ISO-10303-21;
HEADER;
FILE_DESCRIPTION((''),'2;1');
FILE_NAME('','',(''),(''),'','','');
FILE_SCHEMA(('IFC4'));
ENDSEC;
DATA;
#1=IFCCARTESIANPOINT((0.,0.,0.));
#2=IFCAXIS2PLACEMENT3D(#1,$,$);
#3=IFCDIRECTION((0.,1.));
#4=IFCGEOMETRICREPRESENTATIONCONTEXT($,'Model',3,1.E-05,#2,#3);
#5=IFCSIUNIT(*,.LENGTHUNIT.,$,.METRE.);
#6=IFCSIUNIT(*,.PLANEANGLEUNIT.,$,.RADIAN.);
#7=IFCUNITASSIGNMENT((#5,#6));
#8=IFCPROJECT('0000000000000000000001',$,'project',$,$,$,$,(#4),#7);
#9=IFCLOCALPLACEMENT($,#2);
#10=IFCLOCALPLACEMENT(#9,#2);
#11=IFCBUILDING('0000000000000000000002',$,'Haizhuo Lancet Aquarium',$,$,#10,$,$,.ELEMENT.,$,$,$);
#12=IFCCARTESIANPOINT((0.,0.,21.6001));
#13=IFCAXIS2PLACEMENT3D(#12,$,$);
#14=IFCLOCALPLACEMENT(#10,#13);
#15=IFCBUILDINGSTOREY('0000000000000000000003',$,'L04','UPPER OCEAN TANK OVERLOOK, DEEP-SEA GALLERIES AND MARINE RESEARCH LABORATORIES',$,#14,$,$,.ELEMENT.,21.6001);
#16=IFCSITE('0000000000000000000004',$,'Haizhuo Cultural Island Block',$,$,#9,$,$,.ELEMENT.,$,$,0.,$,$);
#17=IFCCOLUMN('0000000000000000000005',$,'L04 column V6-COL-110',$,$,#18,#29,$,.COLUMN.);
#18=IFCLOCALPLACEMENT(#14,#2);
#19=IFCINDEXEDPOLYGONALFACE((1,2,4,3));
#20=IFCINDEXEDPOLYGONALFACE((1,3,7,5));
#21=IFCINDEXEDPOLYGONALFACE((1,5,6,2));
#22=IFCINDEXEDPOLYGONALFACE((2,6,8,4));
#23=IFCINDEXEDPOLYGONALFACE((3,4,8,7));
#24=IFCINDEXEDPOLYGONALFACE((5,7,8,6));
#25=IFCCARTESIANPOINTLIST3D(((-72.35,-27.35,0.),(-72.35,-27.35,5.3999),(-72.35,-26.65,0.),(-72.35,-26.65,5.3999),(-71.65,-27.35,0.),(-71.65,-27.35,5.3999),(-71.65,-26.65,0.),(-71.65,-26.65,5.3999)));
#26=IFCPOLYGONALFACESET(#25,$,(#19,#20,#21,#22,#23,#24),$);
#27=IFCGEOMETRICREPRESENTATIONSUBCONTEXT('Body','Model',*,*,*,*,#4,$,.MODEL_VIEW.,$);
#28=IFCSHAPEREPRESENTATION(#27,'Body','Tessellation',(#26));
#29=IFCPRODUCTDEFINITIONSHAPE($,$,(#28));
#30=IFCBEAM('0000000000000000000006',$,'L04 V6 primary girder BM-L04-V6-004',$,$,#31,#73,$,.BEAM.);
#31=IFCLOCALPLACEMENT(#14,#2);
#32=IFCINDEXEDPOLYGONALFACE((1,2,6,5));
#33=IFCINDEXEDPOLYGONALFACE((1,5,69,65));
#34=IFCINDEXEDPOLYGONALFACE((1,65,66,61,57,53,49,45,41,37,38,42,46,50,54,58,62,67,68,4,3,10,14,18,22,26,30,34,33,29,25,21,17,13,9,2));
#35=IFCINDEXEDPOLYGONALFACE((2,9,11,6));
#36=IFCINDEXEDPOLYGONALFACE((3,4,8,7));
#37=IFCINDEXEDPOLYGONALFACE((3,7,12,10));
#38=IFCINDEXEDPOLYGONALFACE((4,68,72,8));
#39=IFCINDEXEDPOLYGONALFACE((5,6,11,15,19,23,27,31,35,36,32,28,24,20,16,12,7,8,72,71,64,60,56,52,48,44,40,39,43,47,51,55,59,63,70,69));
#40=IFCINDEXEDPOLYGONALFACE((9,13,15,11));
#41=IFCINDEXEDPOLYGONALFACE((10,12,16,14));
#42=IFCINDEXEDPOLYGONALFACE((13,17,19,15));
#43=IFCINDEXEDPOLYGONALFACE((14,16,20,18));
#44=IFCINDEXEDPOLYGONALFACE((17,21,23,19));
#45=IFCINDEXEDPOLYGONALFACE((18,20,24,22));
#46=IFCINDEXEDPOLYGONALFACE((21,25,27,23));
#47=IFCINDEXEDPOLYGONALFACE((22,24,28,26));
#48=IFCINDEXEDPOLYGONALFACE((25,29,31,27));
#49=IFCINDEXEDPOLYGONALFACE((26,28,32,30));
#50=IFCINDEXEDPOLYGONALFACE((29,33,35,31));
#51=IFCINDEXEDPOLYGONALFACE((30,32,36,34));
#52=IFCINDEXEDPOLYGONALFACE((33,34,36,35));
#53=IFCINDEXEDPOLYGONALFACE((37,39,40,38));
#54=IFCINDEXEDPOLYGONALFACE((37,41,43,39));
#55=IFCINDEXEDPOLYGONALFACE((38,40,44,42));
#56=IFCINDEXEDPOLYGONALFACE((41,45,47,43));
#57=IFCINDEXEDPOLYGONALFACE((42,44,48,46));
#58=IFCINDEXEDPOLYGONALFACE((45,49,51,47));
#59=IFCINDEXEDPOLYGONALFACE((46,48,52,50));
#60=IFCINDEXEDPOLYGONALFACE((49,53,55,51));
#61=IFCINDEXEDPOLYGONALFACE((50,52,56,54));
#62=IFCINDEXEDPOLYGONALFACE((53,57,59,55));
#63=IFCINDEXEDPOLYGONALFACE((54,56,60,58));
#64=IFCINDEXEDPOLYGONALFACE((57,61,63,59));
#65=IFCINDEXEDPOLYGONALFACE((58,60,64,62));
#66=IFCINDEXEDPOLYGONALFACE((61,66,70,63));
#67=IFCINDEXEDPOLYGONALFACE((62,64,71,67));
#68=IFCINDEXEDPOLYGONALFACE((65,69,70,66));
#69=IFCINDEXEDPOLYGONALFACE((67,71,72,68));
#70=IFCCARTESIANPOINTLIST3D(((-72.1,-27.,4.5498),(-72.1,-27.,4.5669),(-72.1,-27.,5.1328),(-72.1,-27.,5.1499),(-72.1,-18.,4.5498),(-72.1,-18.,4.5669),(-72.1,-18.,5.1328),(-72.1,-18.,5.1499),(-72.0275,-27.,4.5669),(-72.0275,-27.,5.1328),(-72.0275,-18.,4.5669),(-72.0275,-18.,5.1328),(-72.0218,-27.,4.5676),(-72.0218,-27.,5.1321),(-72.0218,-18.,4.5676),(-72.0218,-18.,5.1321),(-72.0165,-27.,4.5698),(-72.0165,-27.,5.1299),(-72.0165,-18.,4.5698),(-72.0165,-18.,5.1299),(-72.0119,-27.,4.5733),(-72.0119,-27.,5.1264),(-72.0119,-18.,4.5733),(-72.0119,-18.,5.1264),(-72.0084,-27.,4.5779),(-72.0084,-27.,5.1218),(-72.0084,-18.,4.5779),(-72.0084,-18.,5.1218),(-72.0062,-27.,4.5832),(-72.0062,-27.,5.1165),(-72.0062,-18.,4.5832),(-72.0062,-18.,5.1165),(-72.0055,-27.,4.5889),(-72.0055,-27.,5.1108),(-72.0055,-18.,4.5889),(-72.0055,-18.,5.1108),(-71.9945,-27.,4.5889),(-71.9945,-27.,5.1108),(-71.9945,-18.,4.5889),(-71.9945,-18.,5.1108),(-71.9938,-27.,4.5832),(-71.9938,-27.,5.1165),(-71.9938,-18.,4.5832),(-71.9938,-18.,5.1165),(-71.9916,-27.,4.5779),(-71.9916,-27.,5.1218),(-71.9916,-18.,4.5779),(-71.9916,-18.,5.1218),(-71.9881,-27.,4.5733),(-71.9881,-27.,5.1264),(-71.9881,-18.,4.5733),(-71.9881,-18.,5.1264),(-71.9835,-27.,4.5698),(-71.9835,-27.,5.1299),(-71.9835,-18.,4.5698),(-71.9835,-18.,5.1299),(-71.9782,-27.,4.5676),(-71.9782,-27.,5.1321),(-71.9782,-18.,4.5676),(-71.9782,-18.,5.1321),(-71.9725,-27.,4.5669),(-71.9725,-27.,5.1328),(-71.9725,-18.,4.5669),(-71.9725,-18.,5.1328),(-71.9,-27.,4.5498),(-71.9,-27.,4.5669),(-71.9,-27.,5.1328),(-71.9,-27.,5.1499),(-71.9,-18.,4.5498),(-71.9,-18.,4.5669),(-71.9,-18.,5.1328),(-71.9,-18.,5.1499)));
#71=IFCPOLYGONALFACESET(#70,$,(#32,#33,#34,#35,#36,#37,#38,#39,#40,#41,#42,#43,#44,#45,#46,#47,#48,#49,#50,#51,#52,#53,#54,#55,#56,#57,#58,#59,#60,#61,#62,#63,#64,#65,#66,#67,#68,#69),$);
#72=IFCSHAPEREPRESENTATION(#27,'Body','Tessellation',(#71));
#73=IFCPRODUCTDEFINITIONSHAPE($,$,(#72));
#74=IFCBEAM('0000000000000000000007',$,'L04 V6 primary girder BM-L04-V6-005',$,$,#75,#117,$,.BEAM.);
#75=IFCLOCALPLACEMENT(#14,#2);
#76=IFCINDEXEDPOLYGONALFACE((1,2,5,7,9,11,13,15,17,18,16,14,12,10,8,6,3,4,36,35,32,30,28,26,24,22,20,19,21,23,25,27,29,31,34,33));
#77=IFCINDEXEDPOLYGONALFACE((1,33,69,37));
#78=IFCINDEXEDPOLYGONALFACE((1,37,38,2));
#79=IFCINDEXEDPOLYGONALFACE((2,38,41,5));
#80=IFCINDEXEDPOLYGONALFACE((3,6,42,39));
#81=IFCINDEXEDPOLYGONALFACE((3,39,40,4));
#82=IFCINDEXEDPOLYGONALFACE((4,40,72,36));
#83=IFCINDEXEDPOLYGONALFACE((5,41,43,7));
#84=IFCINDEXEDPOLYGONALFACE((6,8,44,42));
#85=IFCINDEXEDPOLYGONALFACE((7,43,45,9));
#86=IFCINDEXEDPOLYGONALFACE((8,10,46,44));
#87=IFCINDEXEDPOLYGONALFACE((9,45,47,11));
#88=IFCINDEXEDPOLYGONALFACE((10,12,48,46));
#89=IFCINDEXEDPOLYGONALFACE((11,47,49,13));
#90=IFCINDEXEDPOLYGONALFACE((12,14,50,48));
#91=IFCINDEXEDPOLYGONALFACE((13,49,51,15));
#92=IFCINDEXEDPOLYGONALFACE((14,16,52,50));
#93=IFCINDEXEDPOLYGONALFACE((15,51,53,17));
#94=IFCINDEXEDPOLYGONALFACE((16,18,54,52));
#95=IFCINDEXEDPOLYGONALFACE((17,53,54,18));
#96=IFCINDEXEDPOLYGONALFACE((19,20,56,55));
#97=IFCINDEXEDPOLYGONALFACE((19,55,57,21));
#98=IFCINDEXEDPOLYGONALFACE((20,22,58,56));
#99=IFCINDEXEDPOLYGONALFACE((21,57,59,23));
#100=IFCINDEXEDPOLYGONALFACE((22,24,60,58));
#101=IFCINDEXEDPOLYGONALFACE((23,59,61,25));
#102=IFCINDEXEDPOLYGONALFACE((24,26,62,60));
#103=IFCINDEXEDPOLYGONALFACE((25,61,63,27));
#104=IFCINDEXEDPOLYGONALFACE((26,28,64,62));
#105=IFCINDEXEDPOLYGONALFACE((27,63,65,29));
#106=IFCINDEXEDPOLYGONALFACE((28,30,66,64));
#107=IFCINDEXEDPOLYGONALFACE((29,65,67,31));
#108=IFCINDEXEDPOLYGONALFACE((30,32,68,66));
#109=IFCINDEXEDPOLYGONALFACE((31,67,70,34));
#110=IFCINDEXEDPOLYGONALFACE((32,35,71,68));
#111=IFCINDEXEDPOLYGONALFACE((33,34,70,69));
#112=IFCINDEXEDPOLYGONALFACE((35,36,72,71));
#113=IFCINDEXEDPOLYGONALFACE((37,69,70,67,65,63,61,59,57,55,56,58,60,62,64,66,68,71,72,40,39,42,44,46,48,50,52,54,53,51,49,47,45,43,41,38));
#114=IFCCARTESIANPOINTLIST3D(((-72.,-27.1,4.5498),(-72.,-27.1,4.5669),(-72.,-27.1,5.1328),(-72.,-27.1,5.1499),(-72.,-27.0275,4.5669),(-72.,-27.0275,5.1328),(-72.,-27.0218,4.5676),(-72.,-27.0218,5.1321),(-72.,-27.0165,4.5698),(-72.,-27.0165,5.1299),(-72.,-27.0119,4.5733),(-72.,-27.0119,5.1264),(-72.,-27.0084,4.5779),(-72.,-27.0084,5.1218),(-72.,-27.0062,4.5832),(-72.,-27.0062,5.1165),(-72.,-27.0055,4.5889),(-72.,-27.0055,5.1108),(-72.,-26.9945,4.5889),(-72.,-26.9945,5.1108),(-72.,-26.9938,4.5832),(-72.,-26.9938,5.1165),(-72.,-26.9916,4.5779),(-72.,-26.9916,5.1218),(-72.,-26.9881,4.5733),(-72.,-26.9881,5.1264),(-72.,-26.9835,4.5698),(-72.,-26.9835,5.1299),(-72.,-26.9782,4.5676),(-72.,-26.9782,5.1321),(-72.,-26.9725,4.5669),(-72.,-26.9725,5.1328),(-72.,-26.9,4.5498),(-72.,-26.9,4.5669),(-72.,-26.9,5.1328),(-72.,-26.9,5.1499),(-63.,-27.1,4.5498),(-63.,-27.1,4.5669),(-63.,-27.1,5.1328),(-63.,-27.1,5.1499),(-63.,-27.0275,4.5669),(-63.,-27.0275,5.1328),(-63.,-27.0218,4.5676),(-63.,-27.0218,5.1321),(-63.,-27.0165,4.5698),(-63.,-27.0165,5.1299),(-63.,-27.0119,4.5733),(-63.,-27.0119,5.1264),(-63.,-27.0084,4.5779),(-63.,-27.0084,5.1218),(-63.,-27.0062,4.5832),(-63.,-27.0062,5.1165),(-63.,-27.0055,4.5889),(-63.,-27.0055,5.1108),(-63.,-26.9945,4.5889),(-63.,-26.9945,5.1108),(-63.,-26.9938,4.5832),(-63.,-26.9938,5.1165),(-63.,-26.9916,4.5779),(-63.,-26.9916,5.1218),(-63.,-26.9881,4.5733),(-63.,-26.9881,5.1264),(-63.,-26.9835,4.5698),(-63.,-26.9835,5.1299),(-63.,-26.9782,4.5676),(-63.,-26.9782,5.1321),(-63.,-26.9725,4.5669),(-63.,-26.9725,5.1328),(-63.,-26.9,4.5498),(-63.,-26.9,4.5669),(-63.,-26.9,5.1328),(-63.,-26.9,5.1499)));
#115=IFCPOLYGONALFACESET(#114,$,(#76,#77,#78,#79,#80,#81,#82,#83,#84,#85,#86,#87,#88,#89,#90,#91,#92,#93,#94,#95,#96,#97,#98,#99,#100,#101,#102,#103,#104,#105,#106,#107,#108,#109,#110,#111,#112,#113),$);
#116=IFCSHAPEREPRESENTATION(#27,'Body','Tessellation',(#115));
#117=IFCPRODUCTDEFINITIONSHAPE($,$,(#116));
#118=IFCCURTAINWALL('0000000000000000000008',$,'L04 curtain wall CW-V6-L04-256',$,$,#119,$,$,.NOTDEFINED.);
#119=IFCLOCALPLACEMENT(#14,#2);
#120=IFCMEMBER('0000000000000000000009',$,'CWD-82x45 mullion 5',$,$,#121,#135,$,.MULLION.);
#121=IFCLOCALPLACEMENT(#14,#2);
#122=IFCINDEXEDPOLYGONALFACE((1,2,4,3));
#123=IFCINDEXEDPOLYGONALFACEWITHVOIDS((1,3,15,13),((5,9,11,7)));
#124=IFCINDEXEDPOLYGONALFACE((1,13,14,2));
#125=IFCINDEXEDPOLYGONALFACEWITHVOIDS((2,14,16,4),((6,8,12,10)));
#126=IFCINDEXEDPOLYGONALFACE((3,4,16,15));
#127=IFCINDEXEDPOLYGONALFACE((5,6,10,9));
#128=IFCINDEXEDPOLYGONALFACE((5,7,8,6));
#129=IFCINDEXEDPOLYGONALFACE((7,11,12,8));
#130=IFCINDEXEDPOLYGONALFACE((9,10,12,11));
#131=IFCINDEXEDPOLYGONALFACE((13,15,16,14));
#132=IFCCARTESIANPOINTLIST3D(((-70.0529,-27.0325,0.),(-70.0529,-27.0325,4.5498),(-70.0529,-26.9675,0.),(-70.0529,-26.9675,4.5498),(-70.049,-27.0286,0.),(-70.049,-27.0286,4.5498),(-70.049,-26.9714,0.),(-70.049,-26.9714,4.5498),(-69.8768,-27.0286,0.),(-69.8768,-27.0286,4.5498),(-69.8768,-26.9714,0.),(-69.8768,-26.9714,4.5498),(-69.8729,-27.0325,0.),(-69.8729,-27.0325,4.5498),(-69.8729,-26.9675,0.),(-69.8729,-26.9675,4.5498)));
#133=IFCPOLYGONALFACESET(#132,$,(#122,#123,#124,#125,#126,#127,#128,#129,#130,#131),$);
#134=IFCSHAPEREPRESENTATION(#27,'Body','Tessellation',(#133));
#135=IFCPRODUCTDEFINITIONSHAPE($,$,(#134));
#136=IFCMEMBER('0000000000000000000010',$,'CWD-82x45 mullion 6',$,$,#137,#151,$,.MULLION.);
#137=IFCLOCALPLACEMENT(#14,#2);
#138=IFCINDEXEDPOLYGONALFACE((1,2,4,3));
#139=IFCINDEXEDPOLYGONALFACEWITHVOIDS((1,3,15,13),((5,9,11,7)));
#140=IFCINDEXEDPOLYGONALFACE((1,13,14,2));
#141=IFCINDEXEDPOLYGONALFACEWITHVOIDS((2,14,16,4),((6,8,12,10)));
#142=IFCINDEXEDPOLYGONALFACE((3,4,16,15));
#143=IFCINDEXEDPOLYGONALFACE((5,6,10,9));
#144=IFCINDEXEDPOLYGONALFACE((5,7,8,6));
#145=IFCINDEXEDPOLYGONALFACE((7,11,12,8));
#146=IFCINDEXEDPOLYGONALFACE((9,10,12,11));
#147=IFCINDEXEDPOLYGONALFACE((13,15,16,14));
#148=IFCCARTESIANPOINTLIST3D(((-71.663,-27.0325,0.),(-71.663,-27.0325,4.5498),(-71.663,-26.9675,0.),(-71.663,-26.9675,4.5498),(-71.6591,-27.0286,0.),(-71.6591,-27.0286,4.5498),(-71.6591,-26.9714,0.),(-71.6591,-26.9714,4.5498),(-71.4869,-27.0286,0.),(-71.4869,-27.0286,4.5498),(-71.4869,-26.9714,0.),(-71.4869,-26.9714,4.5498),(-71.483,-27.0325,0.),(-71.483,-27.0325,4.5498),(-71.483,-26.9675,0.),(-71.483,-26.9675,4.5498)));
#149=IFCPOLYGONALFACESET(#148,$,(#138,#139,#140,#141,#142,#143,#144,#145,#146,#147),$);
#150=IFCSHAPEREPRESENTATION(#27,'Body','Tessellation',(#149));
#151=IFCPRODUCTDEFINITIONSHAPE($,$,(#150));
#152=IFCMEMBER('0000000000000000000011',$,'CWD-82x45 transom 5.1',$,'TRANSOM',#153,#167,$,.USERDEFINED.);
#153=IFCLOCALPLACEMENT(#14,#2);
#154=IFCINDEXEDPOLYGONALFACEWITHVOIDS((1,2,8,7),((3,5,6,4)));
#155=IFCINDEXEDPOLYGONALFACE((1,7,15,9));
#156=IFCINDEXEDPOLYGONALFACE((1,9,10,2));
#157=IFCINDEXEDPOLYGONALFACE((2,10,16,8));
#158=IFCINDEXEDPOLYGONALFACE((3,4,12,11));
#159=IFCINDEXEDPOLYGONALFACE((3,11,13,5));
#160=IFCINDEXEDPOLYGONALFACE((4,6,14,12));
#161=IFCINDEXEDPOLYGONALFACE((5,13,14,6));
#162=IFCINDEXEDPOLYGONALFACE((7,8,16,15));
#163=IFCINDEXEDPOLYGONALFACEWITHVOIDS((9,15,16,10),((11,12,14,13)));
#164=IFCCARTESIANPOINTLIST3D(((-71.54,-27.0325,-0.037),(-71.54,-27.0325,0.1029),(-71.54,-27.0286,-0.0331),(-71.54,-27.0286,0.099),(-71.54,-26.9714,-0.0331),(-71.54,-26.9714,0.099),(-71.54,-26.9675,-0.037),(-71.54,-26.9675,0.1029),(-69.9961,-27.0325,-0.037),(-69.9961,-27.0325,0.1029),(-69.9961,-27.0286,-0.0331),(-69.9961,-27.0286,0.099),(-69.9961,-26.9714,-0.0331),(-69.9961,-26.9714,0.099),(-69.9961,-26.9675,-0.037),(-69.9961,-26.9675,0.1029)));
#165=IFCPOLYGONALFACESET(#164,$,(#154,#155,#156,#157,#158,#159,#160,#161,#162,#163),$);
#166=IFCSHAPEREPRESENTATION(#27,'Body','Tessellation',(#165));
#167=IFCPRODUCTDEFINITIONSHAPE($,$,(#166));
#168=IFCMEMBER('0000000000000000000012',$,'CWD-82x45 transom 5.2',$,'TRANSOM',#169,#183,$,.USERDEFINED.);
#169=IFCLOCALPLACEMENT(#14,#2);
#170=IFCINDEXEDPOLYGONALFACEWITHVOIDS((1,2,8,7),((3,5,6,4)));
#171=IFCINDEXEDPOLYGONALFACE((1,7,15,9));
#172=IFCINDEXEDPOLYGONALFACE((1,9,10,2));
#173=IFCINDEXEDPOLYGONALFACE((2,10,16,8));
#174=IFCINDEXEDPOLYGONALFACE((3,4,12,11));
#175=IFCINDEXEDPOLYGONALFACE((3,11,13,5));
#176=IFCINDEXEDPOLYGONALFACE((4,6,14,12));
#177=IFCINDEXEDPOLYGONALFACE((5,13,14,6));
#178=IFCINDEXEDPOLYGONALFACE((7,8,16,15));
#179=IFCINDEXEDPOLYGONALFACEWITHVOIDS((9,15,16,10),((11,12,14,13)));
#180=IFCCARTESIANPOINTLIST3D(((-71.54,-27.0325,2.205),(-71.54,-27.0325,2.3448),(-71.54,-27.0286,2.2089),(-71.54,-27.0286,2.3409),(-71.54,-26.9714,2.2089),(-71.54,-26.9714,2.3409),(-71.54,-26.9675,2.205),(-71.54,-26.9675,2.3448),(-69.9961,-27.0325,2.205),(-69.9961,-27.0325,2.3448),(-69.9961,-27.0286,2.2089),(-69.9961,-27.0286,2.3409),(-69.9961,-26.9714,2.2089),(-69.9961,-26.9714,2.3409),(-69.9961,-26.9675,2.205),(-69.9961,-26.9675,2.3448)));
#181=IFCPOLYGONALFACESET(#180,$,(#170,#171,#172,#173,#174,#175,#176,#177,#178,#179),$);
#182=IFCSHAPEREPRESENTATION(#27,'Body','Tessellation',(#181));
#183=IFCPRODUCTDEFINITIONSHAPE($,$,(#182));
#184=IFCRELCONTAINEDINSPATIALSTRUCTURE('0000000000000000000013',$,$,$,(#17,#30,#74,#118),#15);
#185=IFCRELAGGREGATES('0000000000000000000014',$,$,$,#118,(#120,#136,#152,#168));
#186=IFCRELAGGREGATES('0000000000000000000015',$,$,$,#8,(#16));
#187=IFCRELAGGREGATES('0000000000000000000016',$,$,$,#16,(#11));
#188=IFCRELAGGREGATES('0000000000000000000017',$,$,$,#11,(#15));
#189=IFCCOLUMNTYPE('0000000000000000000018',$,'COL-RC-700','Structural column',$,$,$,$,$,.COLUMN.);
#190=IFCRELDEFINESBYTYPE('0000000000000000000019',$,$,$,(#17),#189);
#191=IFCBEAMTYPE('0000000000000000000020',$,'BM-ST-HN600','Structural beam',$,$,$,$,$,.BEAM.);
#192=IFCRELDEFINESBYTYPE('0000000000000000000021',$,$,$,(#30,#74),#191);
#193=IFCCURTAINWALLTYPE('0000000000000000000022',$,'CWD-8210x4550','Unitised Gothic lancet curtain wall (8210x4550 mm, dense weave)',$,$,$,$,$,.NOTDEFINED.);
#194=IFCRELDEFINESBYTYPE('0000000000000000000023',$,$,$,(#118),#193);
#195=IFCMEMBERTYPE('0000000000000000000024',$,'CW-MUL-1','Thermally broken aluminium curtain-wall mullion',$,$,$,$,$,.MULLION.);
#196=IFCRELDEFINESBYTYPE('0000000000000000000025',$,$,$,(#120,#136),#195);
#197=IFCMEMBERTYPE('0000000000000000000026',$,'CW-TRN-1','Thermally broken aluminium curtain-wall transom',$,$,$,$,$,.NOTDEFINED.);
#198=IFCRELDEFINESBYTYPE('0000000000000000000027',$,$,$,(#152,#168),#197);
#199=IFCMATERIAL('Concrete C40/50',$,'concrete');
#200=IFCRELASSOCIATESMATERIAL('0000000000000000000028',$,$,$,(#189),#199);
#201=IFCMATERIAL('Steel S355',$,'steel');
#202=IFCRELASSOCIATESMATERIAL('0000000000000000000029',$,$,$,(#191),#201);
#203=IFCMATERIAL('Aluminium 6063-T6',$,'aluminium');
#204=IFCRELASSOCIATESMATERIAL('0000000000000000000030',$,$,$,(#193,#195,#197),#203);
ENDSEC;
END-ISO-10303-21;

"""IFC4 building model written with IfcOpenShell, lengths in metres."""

from ifc_helpers import new_model, si_unit, direction, frame, origin, origin_2d, place, context, subcontext, project, spatial, rectangle, hollow_rectangle, i_section, extrude, material, material_profile, profile_set, type_object, element, aggregate, save


model = new_model("IFC4")

# Units and contexts
model_context = context("Model", 3, precision=1e-05, world=origin(), true_north=direction((0.0, 1.0)))
body_context = subcontext(model_context, "Body", "Model", "MODEL_VIEW")
ifc_project = project(units=[si_unit("LENGTHUNIT", "METRE"), si_unit("PLANEANGLEUNIT", "RADIAN")], contexts=[model_context])

# Site, building, storey
site_placement = place(None, origin())
site = spatial("IfcSite", under=ifc_project, at=site_placement, Name="Haizhuo Cultural Island Block", CompositionType="ELEMENT", RefElevation=0.0)
building_placement = place(site_placement, origin())
building = spatial("IfcBuilding", under=site, at=building_placement, Name="Haizhuo Lancet Aquarium", CompositionType="ELEMENT")
storey_placement = place(building_placement, frame((0.0, 0.0, 21.6001)))
storey = spatial("IfcBuildingStorey", under=building, at=storey_placement, Name="L04", Description="UPPER OCEAN TANK OVERLOOK, DEEP-SEA GALLERIES AND MARINE RESEARCH LABORATORIES", CompositionType="ELEMENT", Elevation=21.6001)

# Column
ifc_material_1 = material(Name="Concrete C40/50", Category="concrete")
ifc_material_profile_1 = material_profile(ifc_material_1, rectangle(XDim=0.7, YDim=0.7, at=origin_2d()), Name="RC-COL 700x700")
ifc_profile_set_1 = profile_set([ifc_material_profile_1], Name="Concrete C40/50")
column_type = type_object("IfcColumnType", Name="COL-RC-700", Description="Structural column", PredefinedType="COLUMN", material=ifc_profile_set_1)
column_placement = place(storey_placement, frame((-72.0, -27.0, 0.0), z_axis=(0.0, 0.0, 1.0), x_axis=(1.0, 0.0, 0.0)))
element("IfcColumn", 1, at=column_placement, inside=storey, type_object=column_type, Name="L04 column V6-COL-110", PredefinedType="COLUMN", context=body_context, shape_type="SweptSolid", body=[
    extrude(rectangle(XDim=0.7, YDim=0.7, at=origin_2d()), origin(), (0.0, 0.0, 1.0), 5.3999),
])

# Beams
ifc_material_2 = material(Name="Steel S355", Category="steel")
ifc_material_profile_2 = material_profile(ifc_material_2, i_section(OverallWidth=0.2, OverallDepth=0.6001, WebThickness=0.011, FlangeThickness=0.0171, FilletRadius=0.022, at=origin_2d()), Name="HN 600x200x11x17")
ifc_profile_set_2 = profile_set([ifc_material_profile_2], Name="Steel S355")
beam_type = type_object("IfcBeamType", Name="BM-ST-HN600", Description="Structural beam", PredefinedType="BEAM", material=ifc_profile_set_2)
for number, where, z_axis, x_axis, name in (
    (2, (-72.0, -27.0, 4.8499), (0.0, 1.0, 0.0), (-1.0, 0.0, 0.0), "L04 V6 primary girder BM-L04-V6-004"),
    (3, (-72.0, -27.0, 4.8499), (1.0, 0.0, 0.0), (0.0, 1.0, 0.0), "L04 V6 primary girder BM-L04-V6-005"),
):
    element("IfcBeam", number, at=place(storey_placement, frame(where, z_axis=z_axis, x_axis=x_axis)), inside=storey, type_object=beam_type, Name=name, PredefinedType="BEAM", context=body_context, shape_type="SweptSolid", body=[
        extrude(i_section(OverallWidth=0.2, OverallDepth=0.6001, WebThickness=0.011, FlangeThickness=0.0171, FilletRadius=0.022, at=origin_2d()), origin(), (0.0, 0.0, 1.0), 9.0),
    ])

# Curtain wall, members
ifc_material_3 = material(Name="Aluminium 6063-T6", Category="aluminium")
curtain_wall_type = type_object("IfcCurtainWallType", Name="CWD-8210x4550", Description="Unitised Gothic lancet curtain wall (8210x4550 mm, dense weave)", PredefinedType="NOTDEFINED", material=ifc_material_3)
curtain_wall_placement = place(storey_placement, origin())
curtain_wall = element("IfcCurtainWall", 4, at=curtain_wall_placement, inside=storey, type_object=curtain_wall_type, Name="L04 curtain wall CW-V6-L04-256", PredefinedType="NOTDEFINED")
ifc_material_profile_3 = material_profile(ifc_material_3, hollow_rectangle(XDim=0.0649, YDim=0.1799, WallThickness=0.0039, at=origin_2d()), Name="ALU-M 65x180x4")
ifc_profile_set_3 = profile_set([ifc_material_profile_3], Name="Aluminium 6063-T6")
member_type_1 = type_object("IfcMemberType", Name="CW-MUL-1", Description="Thermally broken aluminium curtain-wall mullion", PredefinedType="MULLION", material=ifc_profile_set_3)
member_1_placement = place(storey_placement, frame((-69.9629, -27.0, 0.0), z_axis=(0.0, 0.0, 1.0), x_axis=(0.0, -1.0, 0.0)))
member_1 = element("IfcMember", 5, at=member_1_placement, type_object=member_type_1, Name="CWD-82x45 mullion 5", PredefinedType="MULLION", context=body_context, shape_type="SweptSolid", body=[
    extrude(hollow_rectangle(XDim=0.0649, YDim=0.1799, WallThickness=0.0039, at=origin_2d()), origin(), (0.0, 0.0, 1.0), 4.5498),
])
member_2_placement = place(storey_placement, frame((-71.573, -27.0, 0.0), z_axis=(0.0, 0.0, 1.0), x_axis=(0.0, -1.0, 0.0)))
member_2 = element("IfcMember", 6, at=member_2_placement, type_object=member_type_1, Name="CWD-82x45 mullion 6", PredefinedType="MULLION", context=body_context, shape_type="SweptSolid", body=[
    extrude(hollow_rectangle(XDim=0.0649, YDim=0.1799, WallThickness=0.0039, at=origin_2d()), origin(), (0.0, 0.0, 1.0), 4.5498),
])
ifc_material_profile_4 = material_profile(ifc_material_3, hollow_rectangle(XDim=0.0649, YDim=0.1399, WallThickness=0.0039, at=origin_2d()), Name="ALU-T 65x140x4")
ifc_profile_set_4 = profile_set([ifc_material_profile_4], Name="Aluminium 6063-T6")
member_type_2 = type_object("IfcMemberType", Name="CW-TRN-1", Description="Thermally broken aluminium curtain-wall transom", PredefinedType="NOTDEFINED", material=ifc_profile_set_4)
member_3_placement = place(storey_placement, frame((-69.9961, -27.0, 0.033), z_axis=(-1.0, 0.0, 0.0), x_axis=(0.0, -1.0, 0.0)))
member_3 = element("IfcMember", 7, at=member_3_placement, type_object=member_type_2, Name="CWD-82x45 transom 5.1", ObjectType="TRANSOM", PredefinedType="USERDEFINED", context=body_context, shape_type="SweptSolid", body=[
    extrude(hollow_rectangle(XDim=0.0649, YDim=0.1399, WallThickness=0.0039, at=origin_2d()), origin(), (0.0, 0.0, 1.0), 1.5439),
])
member_4_placement = place(storey_placement, frame((-69.9961, -27.0, 2.2749), z_axis=(-1.0, 0.0, 0.0), x_axis=(0.0, -1.0, 0.0)))
member_4 = element("IfcMember", 8, at=member_4_placement, type_object=member_type_2, Name="CWD-82x45 transom 5.2", ObjectType="TRANSOM", PredefinedType="USERDEFINED", context=body_context, shape_type="SweptSolid", body=[
    extrude(hollow_rectangle(XDim=0.0649, YDim=0.1399, WallThickness=0.0039, at=origin_2d()), origin(), (0.0, 0.0, 1.0), 1.5439),
])

aggregate(curtain_wall, [member_1, member_2, member_3, member_4])

save(model, "model.ifc")
